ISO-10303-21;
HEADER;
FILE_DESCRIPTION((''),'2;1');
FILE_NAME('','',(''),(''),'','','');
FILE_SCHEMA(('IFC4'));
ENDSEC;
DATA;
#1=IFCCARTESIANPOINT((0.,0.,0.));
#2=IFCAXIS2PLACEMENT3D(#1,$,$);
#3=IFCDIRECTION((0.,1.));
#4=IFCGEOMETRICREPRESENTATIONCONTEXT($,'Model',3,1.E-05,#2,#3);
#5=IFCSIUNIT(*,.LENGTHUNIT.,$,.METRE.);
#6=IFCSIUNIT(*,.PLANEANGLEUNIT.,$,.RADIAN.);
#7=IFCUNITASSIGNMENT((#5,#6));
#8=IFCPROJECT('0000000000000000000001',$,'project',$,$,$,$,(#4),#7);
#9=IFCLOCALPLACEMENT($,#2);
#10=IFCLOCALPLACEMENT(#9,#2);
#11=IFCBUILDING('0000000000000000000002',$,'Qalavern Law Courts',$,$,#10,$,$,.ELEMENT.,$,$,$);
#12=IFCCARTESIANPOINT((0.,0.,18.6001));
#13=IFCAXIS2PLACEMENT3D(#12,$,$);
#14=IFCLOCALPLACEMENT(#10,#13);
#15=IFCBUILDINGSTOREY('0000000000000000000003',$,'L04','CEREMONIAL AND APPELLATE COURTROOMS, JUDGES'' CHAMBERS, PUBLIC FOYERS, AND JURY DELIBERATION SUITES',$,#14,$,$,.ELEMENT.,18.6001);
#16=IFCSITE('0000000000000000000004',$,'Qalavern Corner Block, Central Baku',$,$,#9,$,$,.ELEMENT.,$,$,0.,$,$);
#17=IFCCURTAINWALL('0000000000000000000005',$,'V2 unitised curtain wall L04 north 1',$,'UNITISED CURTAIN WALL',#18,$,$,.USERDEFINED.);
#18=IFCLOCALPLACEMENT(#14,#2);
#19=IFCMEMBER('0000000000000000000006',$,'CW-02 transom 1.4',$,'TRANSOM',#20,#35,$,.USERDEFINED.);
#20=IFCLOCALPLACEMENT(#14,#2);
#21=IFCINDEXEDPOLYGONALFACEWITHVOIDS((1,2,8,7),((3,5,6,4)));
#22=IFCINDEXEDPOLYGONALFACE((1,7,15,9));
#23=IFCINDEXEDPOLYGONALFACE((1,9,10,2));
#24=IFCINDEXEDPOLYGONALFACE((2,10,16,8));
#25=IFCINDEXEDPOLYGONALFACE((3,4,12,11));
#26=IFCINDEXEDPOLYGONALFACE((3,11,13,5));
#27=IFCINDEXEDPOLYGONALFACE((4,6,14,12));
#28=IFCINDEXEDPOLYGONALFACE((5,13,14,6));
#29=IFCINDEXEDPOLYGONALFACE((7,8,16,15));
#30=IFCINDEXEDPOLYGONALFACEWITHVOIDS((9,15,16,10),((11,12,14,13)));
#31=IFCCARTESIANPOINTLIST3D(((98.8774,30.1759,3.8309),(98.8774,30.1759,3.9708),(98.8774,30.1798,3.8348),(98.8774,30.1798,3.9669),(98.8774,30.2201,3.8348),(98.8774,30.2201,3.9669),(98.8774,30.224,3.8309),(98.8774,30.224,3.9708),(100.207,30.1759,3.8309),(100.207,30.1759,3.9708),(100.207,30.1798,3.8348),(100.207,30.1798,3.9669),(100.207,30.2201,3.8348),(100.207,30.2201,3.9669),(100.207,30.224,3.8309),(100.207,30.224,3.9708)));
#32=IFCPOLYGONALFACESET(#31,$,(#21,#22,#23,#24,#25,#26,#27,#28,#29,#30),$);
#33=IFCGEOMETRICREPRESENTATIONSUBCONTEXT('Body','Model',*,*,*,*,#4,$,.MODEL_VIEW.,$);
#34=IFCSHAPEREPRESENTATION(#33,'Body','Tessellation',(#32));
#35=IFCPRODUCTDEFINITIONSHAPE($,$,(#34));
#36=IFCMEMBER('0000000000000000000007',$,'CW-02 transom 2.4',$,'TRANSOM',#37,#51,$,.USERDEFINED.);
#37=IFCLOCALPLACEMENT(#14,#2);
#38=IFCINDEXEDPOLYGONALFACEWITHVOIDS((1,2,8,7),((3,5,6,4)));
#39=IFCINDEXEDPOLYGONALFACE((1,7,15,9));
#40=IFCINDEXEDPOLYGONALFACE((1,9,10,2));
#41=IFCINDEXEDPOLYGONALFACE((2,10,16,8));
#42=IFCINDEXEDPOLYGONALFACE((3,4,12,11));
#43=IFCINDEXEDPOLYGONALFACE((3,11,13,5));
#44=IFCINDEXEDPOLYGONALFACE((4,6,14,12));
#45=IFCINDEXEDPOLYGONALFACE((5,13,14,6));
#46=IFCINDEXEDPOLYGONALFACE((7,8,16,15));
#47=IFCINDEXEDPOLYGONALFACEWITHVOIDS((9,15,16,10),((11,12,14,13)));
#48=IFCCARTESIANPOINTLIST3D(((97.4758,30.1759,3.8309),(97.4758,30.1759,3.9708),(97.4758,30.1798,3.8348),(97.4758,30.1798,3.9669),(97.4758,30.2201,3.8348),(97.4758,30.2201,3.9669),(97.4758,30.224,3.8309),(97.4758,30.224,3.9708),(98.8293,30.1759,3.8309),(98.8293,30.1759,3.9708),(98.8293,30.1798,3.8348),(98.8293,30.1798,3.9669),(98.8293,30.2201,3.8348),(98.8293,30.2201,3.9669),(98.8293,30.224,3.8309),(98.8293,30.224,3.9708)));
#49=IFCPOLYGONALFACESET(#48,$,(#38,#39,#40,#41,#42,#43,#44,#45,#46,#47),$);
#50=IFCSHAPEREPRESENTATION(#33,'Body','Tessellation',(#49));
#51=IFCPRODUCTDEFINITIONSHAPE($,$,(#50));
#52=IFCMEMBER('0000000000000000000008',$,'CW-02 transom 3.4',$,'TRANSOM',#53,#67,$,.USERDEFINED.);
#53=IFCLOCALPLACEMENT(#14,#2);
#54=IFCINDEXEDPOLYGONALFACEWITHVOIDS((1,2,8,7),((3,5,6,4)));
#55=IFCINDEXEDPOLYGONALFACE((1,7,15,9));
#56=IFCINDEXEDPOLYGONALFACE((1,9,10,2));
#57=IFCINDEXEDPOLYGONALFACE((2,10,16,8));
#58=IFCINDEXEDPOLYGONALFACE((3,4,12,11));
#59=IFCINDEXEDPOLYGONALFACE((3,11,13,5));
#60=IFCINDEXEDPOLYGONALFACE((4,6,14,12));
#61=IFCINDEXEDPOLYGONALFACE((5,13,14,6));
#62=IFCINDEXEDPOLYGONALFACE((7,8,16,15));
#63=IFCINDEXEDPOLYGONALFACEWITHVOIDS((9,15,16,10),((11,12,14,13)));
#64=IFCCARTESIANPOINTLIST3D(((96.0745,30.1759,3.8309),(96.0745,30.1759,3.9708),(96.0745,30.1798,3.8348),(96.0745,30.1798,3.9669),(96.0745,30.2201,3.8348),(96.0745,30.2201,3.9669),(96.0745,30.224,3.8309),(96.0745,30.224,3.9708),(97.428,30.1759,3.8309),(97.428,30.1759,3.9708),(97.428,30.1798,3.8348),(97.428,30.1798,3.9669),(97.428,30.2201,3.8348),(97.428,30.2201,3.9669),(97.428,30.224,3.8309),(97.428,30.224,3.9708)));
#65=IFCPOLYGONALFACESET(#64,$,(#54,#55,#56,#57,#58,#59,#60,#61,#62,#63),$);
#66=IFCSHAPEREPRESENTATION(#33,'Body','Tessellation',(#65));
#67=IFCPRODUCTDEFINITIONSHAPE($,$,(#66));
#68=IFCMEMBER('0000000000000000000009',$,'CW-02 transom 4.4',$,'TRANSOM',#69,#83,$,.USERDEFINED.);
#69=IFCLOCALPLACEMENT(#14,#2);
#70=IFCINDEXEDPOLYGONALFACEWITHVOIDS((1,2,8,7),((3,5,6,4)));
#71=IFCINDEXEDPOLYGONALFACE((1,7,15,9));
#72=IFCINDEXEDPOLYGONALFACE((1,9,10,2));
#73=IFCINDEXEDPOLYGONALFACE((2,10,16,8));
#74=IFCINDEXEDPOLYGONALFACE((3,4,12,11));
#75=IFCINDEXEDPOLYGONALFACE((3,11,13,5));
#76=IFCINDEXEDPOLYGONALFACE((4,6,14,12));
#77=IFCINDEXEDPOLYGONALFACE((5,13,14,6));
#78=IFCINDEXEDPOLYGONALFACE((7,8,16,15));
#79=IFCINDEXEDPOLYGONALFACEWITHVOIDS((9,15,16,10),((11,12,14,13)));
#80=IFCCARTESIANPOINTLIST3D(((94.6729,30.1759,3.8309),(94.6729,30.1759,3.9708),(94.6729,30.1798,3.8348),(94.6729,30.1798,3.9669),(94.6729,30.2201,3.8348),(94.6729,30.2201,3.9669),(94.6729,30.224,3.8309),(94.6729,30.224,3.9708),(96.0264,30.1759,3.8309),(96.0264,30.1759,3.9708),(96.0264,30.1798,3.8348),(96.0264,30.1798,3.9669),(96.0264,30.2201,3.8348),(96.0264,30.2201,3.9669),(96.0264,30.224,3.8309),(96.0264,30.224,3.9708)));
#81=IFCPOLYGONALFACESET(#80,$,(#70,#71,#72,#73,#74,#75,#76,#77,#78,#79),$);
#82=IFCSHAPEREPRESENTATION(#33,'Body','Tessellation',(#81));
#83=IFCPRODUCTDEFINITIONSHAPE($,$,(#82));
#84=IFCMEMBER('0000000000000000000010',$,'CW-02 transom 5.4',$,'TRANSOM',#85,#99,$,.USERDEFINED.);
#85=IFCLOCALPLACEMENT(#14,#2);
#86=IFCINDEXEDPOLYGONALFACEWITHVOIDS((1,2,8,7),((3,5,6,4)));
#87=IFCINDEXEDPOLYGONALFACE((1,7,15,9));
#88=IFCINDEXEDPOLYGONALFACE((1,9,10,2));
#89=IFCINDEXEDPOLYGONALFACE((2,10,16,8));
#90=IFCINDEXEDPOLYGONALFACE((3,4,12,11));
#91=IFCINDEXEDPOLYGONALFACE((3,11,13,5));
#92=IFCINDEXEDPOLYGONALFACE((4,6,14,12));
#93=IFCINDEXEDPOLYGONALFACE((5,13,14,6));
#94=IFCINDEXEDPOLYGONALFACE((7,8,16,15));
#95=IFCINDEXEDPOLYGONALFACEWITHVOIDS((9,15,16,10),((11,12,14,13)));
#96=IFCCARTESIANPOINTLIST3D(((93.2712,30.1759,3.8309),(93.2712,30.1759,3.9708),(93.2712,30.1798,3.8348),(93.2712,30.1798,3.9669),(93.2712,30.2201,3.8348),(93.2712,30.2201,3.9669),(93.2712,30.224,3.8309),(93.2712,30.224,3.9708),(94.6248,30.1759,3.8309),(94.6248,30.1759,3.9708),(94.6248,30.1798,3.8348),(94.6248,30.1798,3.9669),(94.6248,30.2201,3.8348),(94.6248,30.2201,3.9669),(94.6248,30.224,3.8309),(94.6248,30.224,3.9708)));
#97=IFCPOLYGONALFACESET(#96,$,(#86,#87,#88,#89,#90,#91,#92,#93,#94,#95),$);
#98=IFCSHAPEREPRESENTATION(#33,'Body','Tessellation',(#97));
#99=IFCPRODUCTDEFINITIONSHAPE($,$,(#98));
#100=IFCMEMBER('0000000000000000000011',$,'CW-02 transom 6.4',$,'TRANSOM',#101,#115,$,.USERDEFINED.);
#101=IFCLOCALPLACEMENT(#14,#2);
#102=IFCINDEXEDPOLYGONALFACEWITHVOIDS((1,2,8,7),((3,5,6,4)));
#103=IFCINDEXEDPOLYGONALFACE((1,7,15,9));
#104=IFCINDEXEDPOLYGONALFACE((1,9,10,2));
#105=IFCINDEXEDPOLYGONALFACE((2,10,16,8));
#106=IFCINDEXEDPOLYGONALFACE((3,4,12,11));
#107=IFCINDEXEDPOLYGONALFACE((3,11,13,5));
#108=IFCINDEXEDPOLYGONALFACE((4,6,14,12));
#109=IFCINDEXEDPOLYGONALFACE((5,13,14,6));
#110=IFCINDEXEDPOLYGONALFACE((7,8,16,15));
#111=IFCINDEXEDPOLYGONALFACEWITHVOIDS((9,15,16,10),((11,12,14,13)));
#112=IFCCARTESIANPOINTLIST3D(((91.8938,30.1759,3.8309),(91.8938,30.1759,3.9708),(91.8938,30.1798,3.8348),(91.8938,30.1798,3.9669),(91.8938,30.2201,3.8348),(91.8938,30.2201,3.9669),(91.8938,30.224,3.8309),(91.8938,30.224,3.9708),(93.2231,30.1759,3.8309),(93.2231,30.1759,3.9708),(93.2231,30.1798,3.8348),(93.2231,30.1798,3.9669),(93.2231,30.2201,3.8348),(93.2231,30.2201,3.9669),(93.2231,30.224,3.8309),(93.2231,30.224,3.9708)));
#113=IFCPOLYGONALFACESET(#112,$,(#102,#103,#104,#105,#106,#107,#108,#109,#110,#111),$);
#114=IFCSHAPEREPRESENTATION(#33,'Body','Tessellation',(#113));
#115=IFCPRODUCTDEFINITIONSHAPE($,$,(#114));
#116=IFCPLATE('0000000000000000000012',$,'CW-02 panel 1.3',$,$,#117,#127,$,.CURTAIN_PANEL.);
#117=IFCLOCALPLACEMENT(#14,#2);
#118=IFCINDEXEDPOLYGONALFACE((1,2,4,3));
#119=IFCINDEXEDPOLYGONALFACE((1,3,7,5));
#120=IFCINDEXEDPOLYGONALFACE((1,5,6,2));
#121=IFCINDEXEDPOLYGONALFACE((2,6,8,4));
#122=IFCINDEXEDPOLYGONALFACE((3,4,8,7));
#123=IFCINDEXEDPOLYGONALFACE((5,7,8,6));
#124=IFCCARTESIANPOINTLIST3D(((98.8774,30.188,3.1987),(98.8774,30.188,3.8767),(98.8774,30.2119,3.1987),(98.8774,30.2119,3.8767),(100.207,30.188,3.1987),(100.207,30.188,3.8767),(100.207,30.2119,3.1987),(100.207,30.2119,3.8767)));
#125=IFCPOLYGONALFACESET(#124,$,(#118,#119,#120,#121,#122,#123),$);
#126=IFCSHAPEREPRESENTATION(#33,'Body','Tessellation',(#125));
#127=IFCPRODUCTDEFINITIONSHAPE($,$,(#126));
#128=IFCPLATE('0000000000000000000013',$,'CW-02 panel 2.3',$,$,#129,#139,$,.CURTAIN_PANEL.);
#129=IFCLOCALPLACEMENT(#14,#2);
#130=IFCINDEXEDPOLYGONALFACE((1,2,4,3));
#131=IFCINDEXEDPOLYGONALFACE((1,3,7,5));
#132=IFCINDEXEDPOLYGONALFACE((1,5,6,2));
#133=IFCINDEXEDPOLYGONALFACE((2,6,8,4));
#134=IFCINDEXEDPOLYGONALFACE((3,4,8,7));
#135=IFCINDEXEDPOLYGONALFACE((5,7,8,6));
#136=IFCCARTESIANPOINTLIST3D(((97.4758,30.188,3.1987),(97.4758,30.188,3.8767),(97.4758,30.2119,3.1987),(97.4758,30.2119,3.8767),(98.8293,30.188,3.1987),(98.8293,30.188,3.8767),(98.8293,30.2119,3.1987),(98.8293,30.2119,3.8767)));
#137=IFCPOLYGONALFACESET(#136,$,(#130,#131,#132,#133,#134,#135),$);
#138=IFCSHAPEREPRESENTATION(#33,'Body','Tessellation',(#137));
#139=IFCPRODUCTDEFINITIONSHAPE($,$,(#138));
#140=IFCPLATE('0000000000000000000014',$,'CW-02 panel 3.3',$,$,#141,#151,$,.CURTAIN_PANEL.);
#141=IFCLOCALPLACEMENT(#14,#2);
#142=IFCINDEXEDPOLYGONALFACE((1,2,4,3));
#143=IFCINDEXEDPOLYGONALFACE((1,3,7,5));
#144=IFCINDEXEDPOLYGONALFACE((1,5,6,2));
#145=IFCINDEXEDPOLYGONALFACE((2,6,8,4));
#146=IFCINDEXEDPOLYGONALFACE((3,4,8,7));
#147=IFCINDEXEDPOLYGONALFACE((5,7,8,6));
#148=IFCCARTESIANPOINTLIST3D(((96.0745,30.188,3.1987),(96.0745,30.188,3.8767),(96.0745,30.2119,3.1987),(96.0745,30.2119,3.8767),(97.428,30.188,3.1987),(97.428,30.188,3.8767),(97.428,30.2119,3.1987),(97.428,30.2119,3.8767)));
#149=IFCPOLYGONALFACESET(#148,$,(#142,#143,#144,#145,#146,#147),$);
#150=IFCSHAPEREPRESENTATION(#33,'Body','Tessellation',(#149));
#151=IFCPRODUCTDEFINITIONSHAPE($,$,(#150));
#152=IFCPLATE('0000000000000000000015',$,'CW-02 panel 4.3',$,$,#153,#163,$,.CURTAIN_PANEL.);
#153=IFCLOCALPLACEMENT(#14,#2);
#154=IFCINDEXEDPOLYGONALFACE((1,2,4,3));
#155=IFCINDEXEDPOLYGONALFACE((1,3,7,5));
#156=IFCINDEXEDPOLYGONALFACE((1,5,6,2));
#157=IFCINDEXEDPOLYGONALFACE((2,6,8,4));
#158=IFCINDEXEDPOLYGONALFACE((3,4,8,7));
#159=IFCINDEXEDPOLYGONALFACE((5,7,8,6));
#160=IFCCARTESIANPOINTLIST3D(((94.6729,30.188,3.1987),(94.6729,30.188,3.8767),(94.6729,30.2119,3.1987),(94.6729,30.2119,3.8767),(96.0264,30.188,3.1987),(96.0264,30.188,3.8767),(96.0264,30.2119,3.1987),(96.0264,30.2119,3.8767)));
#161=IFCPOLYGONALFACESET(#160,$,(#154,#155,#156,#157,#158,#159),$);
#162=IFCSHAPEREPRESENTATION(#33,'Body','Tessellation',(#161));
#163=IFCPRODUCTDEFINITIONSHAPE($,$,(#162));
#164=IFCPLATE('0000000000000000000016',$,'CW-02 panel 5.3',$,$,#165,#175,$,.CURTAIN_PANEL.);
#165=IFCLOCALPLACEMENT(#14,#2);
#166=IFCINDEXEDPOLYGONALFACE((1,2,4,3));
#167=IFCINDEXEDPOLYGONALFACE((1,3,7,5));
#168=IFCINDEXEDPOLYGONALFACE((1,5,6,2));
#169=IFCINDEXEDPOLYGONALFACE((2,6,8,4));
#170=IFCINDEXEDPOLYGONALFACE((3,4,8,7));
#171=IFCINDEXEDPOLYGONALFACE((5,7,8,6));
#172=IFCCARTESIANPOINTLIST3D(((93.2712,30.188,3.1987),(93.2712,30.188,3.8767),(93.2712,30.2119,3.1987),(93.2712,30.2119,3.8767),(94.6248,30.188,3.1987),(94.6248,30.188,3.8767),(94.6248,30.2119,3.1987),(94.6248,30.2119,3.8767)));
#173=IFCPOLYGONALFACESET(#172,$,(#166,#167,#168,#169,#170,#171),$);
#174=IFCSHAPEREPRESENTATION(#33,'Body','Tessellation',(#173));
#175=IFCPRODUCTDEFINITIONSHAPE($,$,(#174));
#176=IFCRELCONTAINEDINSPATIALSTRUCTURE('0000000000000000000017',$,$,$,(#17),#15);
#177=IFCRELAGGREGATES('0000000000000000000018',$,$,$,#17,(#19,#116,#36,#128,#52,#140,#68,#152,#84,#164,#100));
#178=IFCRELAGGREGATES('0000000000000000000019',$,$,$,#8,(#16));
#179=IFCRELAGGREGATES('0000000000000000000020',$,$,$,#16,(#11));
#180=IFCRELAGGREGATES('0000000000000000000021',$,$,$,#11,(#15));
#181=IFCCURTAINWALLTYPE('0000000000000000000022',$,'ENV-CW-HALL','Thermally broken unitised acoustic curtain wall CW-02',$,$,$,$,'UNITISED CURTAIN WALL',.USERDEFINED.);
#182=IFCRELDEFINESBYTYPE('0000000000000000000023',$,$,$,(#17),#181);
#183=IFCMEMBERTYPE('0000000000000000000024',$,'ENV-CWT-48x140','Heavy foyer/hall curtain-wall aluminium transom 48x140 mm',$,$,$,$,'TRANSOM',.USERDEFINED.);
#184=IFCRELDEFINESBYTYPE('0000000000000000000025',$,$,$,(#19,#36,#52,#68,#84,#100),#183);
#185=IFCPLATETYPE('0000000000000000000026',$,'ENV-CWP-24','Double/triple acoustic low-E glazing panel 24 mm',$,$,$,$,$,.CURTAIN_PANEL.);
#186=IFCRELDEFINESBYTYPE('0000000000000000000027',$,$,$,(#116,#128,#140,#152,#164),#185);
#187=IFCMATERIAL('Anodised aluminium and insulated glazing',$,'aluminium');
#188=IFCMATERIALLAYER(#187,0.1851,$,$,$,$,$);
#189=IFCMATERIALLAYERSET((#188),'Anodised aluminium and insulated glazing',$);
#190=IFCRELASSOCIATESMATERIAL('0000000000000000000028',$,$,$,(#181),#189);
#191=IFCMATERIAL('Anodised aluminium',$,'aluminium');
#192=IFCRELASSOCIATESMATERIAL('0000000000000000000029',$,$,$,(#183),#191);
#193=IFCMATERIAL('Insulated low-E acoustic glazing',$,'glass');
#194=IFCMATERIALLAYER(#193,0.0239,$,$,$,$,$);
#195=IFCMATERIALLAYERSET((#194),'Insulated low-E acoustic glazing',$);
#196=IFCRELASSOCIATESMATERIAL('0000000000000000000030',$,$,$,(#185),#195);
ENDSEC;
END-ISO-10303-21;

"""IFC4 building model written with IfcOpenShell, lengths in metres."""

from ifc_helpers import new_model, si_unit, direction, frame, origin, origin_2d, place, context, subcontext, project, spatial, rectangle, hollow_rectangle, extrude, material, layer, layer_set, material_profile, profile_set, type_object, element, aggregate, save


model = new_model("IFC4")

# Units and contexts
model_context = context("Model", 3, precision=1e-05, world=origin(), true_north=direction((0.0, 1.0)))
body_context = subcontext(model_context, "Body", "Model", "MODEL_VIEW")
ifc_project = project(units=[si_unit("LENGTHUNIT", "METRE"), si_unit("PLANEANGLEUNIT", "RADIAN")], contexts=[model_context])

# Site, building, storey
site_placement = place(None, origin())
site = spatial("IfcSite", under=ifc_project, at=site_placement, Name="Qalavern Corner Block, Central Baku", CompositionType="ELEMENT", RefElevation=0.0)
building_placement = place(site_placement, origin())
building = spatial("IfcBuilding", under=site, at=building_placement, Name="Qalavern Law Courts", CompositionType="ELEMENT")
storey_placement = place(building_placement, frame((0.0, 0.0, 18.6001)))
storey = spatial("IfcBuildingStorey", under=building, at=storey_placement, Name="L04", Description="CEREMONIAL AND APPELLATE COURTROOMS, JUDGES' CHAMBERS, PUBLIC FOYERS, AND JURY DELIBERATION SUITES", CompositionType="ELEMENT", Elevation=18.6001)

# Curtain wall, members, plates
ifc_material_1 = material(Name="Anodised aluminium and insulated glazing", Category="aluminium")
ifc_layer_1 = layer(ifc_material_1, 0.1851)
ifc_layer_set_1 = layer_set([ifc_layer_1], Name="Anodised aluminium and insulated glazing")
curtain_wall_type = type_object("IfcCurtainWallType", Name="ENV-CW-HALL", Description="Thermally broken unitised acoustic curtain wall CW-02", ElementType="UNITISED CURTAIN WALL", PredefinedType="USERDEFINED", material=ifc_layer_set_1)
curtain_wall_placement = place(storey_placement, origin())
curtain_wall = element("IfcCurtainWall", 1, at=curtain_wall_placement, inside=storey, type_object=curtain_wall_type, Name="V2 unitised curtain wall L04 north 1", ObjectType="UNITISED CURTAIN WALL", PredefinedType="USERDEFINED")
ifc_material_2 = material(Name="Anodised aluminium", Category="aluminium")
ifc_material_profile = material_profile(ifc_material_2, hollow_rectangle(XDim=0.0481, YDim=0.1399, WallThickness=0.0039, at=origin_2d()), Name="ALU TRANSOM 48x140")
ifc_profile_set = profile_set([ifc_material_profile], Name="Anodised aluminium")
member_type = type_object("IfcMemberType", Name="ENV-CWT-48x140", Description="Heavy foyer/hall curtain-wall aluminium transom 48x140 mm", ElementType="TRANSOM", PredefinedType="USERDEFINED", material=ifc_profile_set)
member_1_placement = place(storey_placement, frame((100.207, 30.2, 3.9009), z_axis=(-1.0, 0.0, 0.0), x_axis=(0.0, -1.0, 0.0)))
member_1 = element("IfcMember", 2, at=member_1_placement, type_object=member_type, Name="CW-02 transom 1.4", ObjectType="TRANSOM", PredefinedType="USERDEFINED", context=body_context, shape_type="SweptSolid", body=[
    extrude(hollow_rectangle(XDim=0.0481, YDim=0.1399, WallThickness=0.0039, at=origin_2d()), origin(), (0.0, 0.0, 1.0), 1.3296),
])
member_2_placement = place(storey_placement, frame((98.8293, 30.2, 3.9009), z_axis=(-1.0, 0.0, 0.0), x_axis=(0.0, -1.0, 0.0)))
member_2 = element("IfcMember", 3, at=member_2_placement, type_object=member_type, Name="CW-02 transom 2.4", ObjectType="TRANSOM", PredefinedType="USERDEFINED", context=body_context, shape_type="SweptSolid", body=[
    extrude(hollow_rectangle(XDim=0.0481, YDim=0.1399, WallThickness=0.0039, at=origin_2d()), origin(), (0.0, 0.0, 1.0), 1.3535),
])
member_3_placement = place(storey_placement, frame((97.428, 30.2, 3.9009), z_axis=(-1.0, 0.0, 0.0), x_axis=(0.0, -1.0, 0.0)))
member_3 = element("IfcMember", 4, at=member_3_placement, type_object=member_type, Name="CW-02 transom 3.4", ObjectType="TRANSOM", PredefinedType="USERDEFINED", context=body_context, shape_type="SweptSolid", body=[
    extrude(hollow_rectangle(XDim=0.0481, YDim=0.1399, WallThickness=0.0039, at=origin_2d()), origin(), (0.0, 0.0, 1.0), 1.3535),
])
member_4_placement = place(storey_placement, frame((96.0264, 30.2, 3.9009), z_axis=(-1.0, 0.0, 0.0), x_axis=(0.0, -1.0, 0.0)))
member_4 = element("IfcMember", 5, at=member_4_placement, type_object=member_type, Name="CW-02 transom 4.4", ObjectType="TRANSOM", PredefinedType="USERDEFINED", context=body_context, shape_type="SweptSolid", body=[
    extrude(hollow_rectangle(XDim=0.0481, YDim=0.1399, WallThickness=0.0039, at=origin_2d()), origin(), (0.0, 0.0, 1.0), 1.3535),
])
member_5_placement = place(storey_placement, frame((94.6248, 30.2, 3.9009), z_axis=(-1.0, 0.0, 0.0), x_axis=(0.0, -1.0, 0.0)))
member_5 = element("IfcMember", 6, at=member_5_placement, type_object=member_type, Name="CW-02 transom 5.4", ObjectType="TRANSOM", PredefinedType="USERDEFINED", context=body_context, shape_type="SweptSolid", body=[
    extrude(hollow_rectangle(XDim=0.0481, YDim=0.1399, WallThickness=0.0039, at=origin_2d()), origin(), (0.0, 0.0, 1.0), 1.3535),
])
member_6_placement = place(storey_placement, frame((93.2231, 30.2, 3.9009), z_axis=(-1.0, 0.0, 0.0), x_axis=(0.0, -1.0, 0.0)))
member_6 = element("IfcMember", 7, at=member_6_placement, type_object=member_type, Name="CW-02 transom 6.4", ObjectType="TRANSOM", PredefinedType="USERDEFINED", context=body_context, shape_type="SweptSolid", body=[
    extrude(hollow_rectangle(XDim=0.0481, YDim=0.1399, WallThickness=0.0039, at=origin_2d()), origin(), (0.0, 0.0, 1.0), 1.3293),
])
ifc_material_3 = material(Name="Insulated low-E acoustic glazing", Category="glass")
ifc_layer_2 = layer(ifc_material_3, 0.0239)
ifc_layer_set_2 = layer_set([ifc_layer_2], Name="Insulated low-E acoustic glazing")
plate_type = type_object("IfcPlateType", Name="ENV-CWP-24", Description="Double/triple acoustic low-E glazing panel 24 mm", PredefinedType="CURTAIN_PANEL", material=ifc_layer_set_2)
plate_1_placement = place(storey_placement, frame((99.5422, 30.2, 3.1987), z_axis=(0.0, 0.0, 1.0), x_axis=(-1.0, 0.0, 0.0)))
plate_1 = element("IfcPlate", 8, at=plate_1_placement, type_object=plate_type, Name="CW-02 panel 1.3", PredefinedType="CURTAIN_PANEL", context=body_context, shape_type="SweptSolid", body=[
    extrude(rectangle(XDim=1.3296, YDim=0.0239, at=origin_2d()), origin(), (0.0, 0.0, 1.0), 0.678),
])
plate_2_placement = place(storey_placement, frame((98.1526, 30.2, 3.1987), z_axis=(0.0, 0.0, 1.0), x_axis=(-1.0, 0.0, 0.0)))
plate_2 = element("IfcPlate", 9, at=plate_2_placement, type_object=plate_type, Name="CW-02 panel 2.3", PredefinedType="CURTAIN_PANEL", context=body_context, shape_type="SweptSolid", body=[
    extrude(rectangle(XDim=1.3535, YDim=0.0239, at=origin_2d()), origin(), (0.0, 0.0, 1.0), 0.678),
])
plate_3_placement = place(storey_placement, frame((96.7512, 30.2, 3.1987), z_axis=(0.0, 0.0, 1.0), x_axis=(-1.0, 0.0, 0.0)))
plate_3 = element("IfcPlate", 10, at=plate_3_placement, type_object=plate_type, Name="CW-02 panel 3.3", PredefinedType="CURTAIN_PANEL", context=body_context, shape_type="SweptSolid", body=[
    extrude(rectangle(XDim=1.3535, YDim=0.0239, at=origin_2d()), origin(), (0.0, 0.0, 1.0), 0.678),
])
plate_4_placement = place(storey_placement, frame((95.3496, 30.2, 3.1987), z_axis=(0.0, 0.0, 1.0), x_axis=(-1.0, 0.0, 0.0)))
plate_4 = element("IfcPlate", 11, at=plate_4_placement, type_object=plate_type, Name="CW-02 panel 4.3", PredefinedType="CURTAIN_PANEL", context=body_context, shape_type="SweptSolid", body=[
    extrude(rectangle(XDim=1.3535, YDim=0.0239, at=origin_2d()), origin(), (0.0, 0.0, 1.0), 0.678),
])
plate_5_placement = place(storey_placement, frame((93.948, 30.2, 3.1987), z_axis=(0.0, 0.0, 1.0), x_axis=(-1.0, 0.0, 0.0)))
plate_5 = element("IfcPlate", 12, at=plate_5_placement, type_object=plate_type, Name="CW-02 panel 5.3", PredefinedType="CURTAIN_PANEL", context=body_context, shape_type="SweptSolid", body=[
    extrude(rectangle(XDim=1.3535, YDim=0.0239, at=origin_2d()), origin(), (0.0, 0.0, 1.0), 0.678),
])
aggregate(curtain_wall, [member_1, plate_1, member_2, plate_2, member_3, plate_3, member_4, plate_4, member_5, plate_5, member_6])

save(model, "model.ifc")
